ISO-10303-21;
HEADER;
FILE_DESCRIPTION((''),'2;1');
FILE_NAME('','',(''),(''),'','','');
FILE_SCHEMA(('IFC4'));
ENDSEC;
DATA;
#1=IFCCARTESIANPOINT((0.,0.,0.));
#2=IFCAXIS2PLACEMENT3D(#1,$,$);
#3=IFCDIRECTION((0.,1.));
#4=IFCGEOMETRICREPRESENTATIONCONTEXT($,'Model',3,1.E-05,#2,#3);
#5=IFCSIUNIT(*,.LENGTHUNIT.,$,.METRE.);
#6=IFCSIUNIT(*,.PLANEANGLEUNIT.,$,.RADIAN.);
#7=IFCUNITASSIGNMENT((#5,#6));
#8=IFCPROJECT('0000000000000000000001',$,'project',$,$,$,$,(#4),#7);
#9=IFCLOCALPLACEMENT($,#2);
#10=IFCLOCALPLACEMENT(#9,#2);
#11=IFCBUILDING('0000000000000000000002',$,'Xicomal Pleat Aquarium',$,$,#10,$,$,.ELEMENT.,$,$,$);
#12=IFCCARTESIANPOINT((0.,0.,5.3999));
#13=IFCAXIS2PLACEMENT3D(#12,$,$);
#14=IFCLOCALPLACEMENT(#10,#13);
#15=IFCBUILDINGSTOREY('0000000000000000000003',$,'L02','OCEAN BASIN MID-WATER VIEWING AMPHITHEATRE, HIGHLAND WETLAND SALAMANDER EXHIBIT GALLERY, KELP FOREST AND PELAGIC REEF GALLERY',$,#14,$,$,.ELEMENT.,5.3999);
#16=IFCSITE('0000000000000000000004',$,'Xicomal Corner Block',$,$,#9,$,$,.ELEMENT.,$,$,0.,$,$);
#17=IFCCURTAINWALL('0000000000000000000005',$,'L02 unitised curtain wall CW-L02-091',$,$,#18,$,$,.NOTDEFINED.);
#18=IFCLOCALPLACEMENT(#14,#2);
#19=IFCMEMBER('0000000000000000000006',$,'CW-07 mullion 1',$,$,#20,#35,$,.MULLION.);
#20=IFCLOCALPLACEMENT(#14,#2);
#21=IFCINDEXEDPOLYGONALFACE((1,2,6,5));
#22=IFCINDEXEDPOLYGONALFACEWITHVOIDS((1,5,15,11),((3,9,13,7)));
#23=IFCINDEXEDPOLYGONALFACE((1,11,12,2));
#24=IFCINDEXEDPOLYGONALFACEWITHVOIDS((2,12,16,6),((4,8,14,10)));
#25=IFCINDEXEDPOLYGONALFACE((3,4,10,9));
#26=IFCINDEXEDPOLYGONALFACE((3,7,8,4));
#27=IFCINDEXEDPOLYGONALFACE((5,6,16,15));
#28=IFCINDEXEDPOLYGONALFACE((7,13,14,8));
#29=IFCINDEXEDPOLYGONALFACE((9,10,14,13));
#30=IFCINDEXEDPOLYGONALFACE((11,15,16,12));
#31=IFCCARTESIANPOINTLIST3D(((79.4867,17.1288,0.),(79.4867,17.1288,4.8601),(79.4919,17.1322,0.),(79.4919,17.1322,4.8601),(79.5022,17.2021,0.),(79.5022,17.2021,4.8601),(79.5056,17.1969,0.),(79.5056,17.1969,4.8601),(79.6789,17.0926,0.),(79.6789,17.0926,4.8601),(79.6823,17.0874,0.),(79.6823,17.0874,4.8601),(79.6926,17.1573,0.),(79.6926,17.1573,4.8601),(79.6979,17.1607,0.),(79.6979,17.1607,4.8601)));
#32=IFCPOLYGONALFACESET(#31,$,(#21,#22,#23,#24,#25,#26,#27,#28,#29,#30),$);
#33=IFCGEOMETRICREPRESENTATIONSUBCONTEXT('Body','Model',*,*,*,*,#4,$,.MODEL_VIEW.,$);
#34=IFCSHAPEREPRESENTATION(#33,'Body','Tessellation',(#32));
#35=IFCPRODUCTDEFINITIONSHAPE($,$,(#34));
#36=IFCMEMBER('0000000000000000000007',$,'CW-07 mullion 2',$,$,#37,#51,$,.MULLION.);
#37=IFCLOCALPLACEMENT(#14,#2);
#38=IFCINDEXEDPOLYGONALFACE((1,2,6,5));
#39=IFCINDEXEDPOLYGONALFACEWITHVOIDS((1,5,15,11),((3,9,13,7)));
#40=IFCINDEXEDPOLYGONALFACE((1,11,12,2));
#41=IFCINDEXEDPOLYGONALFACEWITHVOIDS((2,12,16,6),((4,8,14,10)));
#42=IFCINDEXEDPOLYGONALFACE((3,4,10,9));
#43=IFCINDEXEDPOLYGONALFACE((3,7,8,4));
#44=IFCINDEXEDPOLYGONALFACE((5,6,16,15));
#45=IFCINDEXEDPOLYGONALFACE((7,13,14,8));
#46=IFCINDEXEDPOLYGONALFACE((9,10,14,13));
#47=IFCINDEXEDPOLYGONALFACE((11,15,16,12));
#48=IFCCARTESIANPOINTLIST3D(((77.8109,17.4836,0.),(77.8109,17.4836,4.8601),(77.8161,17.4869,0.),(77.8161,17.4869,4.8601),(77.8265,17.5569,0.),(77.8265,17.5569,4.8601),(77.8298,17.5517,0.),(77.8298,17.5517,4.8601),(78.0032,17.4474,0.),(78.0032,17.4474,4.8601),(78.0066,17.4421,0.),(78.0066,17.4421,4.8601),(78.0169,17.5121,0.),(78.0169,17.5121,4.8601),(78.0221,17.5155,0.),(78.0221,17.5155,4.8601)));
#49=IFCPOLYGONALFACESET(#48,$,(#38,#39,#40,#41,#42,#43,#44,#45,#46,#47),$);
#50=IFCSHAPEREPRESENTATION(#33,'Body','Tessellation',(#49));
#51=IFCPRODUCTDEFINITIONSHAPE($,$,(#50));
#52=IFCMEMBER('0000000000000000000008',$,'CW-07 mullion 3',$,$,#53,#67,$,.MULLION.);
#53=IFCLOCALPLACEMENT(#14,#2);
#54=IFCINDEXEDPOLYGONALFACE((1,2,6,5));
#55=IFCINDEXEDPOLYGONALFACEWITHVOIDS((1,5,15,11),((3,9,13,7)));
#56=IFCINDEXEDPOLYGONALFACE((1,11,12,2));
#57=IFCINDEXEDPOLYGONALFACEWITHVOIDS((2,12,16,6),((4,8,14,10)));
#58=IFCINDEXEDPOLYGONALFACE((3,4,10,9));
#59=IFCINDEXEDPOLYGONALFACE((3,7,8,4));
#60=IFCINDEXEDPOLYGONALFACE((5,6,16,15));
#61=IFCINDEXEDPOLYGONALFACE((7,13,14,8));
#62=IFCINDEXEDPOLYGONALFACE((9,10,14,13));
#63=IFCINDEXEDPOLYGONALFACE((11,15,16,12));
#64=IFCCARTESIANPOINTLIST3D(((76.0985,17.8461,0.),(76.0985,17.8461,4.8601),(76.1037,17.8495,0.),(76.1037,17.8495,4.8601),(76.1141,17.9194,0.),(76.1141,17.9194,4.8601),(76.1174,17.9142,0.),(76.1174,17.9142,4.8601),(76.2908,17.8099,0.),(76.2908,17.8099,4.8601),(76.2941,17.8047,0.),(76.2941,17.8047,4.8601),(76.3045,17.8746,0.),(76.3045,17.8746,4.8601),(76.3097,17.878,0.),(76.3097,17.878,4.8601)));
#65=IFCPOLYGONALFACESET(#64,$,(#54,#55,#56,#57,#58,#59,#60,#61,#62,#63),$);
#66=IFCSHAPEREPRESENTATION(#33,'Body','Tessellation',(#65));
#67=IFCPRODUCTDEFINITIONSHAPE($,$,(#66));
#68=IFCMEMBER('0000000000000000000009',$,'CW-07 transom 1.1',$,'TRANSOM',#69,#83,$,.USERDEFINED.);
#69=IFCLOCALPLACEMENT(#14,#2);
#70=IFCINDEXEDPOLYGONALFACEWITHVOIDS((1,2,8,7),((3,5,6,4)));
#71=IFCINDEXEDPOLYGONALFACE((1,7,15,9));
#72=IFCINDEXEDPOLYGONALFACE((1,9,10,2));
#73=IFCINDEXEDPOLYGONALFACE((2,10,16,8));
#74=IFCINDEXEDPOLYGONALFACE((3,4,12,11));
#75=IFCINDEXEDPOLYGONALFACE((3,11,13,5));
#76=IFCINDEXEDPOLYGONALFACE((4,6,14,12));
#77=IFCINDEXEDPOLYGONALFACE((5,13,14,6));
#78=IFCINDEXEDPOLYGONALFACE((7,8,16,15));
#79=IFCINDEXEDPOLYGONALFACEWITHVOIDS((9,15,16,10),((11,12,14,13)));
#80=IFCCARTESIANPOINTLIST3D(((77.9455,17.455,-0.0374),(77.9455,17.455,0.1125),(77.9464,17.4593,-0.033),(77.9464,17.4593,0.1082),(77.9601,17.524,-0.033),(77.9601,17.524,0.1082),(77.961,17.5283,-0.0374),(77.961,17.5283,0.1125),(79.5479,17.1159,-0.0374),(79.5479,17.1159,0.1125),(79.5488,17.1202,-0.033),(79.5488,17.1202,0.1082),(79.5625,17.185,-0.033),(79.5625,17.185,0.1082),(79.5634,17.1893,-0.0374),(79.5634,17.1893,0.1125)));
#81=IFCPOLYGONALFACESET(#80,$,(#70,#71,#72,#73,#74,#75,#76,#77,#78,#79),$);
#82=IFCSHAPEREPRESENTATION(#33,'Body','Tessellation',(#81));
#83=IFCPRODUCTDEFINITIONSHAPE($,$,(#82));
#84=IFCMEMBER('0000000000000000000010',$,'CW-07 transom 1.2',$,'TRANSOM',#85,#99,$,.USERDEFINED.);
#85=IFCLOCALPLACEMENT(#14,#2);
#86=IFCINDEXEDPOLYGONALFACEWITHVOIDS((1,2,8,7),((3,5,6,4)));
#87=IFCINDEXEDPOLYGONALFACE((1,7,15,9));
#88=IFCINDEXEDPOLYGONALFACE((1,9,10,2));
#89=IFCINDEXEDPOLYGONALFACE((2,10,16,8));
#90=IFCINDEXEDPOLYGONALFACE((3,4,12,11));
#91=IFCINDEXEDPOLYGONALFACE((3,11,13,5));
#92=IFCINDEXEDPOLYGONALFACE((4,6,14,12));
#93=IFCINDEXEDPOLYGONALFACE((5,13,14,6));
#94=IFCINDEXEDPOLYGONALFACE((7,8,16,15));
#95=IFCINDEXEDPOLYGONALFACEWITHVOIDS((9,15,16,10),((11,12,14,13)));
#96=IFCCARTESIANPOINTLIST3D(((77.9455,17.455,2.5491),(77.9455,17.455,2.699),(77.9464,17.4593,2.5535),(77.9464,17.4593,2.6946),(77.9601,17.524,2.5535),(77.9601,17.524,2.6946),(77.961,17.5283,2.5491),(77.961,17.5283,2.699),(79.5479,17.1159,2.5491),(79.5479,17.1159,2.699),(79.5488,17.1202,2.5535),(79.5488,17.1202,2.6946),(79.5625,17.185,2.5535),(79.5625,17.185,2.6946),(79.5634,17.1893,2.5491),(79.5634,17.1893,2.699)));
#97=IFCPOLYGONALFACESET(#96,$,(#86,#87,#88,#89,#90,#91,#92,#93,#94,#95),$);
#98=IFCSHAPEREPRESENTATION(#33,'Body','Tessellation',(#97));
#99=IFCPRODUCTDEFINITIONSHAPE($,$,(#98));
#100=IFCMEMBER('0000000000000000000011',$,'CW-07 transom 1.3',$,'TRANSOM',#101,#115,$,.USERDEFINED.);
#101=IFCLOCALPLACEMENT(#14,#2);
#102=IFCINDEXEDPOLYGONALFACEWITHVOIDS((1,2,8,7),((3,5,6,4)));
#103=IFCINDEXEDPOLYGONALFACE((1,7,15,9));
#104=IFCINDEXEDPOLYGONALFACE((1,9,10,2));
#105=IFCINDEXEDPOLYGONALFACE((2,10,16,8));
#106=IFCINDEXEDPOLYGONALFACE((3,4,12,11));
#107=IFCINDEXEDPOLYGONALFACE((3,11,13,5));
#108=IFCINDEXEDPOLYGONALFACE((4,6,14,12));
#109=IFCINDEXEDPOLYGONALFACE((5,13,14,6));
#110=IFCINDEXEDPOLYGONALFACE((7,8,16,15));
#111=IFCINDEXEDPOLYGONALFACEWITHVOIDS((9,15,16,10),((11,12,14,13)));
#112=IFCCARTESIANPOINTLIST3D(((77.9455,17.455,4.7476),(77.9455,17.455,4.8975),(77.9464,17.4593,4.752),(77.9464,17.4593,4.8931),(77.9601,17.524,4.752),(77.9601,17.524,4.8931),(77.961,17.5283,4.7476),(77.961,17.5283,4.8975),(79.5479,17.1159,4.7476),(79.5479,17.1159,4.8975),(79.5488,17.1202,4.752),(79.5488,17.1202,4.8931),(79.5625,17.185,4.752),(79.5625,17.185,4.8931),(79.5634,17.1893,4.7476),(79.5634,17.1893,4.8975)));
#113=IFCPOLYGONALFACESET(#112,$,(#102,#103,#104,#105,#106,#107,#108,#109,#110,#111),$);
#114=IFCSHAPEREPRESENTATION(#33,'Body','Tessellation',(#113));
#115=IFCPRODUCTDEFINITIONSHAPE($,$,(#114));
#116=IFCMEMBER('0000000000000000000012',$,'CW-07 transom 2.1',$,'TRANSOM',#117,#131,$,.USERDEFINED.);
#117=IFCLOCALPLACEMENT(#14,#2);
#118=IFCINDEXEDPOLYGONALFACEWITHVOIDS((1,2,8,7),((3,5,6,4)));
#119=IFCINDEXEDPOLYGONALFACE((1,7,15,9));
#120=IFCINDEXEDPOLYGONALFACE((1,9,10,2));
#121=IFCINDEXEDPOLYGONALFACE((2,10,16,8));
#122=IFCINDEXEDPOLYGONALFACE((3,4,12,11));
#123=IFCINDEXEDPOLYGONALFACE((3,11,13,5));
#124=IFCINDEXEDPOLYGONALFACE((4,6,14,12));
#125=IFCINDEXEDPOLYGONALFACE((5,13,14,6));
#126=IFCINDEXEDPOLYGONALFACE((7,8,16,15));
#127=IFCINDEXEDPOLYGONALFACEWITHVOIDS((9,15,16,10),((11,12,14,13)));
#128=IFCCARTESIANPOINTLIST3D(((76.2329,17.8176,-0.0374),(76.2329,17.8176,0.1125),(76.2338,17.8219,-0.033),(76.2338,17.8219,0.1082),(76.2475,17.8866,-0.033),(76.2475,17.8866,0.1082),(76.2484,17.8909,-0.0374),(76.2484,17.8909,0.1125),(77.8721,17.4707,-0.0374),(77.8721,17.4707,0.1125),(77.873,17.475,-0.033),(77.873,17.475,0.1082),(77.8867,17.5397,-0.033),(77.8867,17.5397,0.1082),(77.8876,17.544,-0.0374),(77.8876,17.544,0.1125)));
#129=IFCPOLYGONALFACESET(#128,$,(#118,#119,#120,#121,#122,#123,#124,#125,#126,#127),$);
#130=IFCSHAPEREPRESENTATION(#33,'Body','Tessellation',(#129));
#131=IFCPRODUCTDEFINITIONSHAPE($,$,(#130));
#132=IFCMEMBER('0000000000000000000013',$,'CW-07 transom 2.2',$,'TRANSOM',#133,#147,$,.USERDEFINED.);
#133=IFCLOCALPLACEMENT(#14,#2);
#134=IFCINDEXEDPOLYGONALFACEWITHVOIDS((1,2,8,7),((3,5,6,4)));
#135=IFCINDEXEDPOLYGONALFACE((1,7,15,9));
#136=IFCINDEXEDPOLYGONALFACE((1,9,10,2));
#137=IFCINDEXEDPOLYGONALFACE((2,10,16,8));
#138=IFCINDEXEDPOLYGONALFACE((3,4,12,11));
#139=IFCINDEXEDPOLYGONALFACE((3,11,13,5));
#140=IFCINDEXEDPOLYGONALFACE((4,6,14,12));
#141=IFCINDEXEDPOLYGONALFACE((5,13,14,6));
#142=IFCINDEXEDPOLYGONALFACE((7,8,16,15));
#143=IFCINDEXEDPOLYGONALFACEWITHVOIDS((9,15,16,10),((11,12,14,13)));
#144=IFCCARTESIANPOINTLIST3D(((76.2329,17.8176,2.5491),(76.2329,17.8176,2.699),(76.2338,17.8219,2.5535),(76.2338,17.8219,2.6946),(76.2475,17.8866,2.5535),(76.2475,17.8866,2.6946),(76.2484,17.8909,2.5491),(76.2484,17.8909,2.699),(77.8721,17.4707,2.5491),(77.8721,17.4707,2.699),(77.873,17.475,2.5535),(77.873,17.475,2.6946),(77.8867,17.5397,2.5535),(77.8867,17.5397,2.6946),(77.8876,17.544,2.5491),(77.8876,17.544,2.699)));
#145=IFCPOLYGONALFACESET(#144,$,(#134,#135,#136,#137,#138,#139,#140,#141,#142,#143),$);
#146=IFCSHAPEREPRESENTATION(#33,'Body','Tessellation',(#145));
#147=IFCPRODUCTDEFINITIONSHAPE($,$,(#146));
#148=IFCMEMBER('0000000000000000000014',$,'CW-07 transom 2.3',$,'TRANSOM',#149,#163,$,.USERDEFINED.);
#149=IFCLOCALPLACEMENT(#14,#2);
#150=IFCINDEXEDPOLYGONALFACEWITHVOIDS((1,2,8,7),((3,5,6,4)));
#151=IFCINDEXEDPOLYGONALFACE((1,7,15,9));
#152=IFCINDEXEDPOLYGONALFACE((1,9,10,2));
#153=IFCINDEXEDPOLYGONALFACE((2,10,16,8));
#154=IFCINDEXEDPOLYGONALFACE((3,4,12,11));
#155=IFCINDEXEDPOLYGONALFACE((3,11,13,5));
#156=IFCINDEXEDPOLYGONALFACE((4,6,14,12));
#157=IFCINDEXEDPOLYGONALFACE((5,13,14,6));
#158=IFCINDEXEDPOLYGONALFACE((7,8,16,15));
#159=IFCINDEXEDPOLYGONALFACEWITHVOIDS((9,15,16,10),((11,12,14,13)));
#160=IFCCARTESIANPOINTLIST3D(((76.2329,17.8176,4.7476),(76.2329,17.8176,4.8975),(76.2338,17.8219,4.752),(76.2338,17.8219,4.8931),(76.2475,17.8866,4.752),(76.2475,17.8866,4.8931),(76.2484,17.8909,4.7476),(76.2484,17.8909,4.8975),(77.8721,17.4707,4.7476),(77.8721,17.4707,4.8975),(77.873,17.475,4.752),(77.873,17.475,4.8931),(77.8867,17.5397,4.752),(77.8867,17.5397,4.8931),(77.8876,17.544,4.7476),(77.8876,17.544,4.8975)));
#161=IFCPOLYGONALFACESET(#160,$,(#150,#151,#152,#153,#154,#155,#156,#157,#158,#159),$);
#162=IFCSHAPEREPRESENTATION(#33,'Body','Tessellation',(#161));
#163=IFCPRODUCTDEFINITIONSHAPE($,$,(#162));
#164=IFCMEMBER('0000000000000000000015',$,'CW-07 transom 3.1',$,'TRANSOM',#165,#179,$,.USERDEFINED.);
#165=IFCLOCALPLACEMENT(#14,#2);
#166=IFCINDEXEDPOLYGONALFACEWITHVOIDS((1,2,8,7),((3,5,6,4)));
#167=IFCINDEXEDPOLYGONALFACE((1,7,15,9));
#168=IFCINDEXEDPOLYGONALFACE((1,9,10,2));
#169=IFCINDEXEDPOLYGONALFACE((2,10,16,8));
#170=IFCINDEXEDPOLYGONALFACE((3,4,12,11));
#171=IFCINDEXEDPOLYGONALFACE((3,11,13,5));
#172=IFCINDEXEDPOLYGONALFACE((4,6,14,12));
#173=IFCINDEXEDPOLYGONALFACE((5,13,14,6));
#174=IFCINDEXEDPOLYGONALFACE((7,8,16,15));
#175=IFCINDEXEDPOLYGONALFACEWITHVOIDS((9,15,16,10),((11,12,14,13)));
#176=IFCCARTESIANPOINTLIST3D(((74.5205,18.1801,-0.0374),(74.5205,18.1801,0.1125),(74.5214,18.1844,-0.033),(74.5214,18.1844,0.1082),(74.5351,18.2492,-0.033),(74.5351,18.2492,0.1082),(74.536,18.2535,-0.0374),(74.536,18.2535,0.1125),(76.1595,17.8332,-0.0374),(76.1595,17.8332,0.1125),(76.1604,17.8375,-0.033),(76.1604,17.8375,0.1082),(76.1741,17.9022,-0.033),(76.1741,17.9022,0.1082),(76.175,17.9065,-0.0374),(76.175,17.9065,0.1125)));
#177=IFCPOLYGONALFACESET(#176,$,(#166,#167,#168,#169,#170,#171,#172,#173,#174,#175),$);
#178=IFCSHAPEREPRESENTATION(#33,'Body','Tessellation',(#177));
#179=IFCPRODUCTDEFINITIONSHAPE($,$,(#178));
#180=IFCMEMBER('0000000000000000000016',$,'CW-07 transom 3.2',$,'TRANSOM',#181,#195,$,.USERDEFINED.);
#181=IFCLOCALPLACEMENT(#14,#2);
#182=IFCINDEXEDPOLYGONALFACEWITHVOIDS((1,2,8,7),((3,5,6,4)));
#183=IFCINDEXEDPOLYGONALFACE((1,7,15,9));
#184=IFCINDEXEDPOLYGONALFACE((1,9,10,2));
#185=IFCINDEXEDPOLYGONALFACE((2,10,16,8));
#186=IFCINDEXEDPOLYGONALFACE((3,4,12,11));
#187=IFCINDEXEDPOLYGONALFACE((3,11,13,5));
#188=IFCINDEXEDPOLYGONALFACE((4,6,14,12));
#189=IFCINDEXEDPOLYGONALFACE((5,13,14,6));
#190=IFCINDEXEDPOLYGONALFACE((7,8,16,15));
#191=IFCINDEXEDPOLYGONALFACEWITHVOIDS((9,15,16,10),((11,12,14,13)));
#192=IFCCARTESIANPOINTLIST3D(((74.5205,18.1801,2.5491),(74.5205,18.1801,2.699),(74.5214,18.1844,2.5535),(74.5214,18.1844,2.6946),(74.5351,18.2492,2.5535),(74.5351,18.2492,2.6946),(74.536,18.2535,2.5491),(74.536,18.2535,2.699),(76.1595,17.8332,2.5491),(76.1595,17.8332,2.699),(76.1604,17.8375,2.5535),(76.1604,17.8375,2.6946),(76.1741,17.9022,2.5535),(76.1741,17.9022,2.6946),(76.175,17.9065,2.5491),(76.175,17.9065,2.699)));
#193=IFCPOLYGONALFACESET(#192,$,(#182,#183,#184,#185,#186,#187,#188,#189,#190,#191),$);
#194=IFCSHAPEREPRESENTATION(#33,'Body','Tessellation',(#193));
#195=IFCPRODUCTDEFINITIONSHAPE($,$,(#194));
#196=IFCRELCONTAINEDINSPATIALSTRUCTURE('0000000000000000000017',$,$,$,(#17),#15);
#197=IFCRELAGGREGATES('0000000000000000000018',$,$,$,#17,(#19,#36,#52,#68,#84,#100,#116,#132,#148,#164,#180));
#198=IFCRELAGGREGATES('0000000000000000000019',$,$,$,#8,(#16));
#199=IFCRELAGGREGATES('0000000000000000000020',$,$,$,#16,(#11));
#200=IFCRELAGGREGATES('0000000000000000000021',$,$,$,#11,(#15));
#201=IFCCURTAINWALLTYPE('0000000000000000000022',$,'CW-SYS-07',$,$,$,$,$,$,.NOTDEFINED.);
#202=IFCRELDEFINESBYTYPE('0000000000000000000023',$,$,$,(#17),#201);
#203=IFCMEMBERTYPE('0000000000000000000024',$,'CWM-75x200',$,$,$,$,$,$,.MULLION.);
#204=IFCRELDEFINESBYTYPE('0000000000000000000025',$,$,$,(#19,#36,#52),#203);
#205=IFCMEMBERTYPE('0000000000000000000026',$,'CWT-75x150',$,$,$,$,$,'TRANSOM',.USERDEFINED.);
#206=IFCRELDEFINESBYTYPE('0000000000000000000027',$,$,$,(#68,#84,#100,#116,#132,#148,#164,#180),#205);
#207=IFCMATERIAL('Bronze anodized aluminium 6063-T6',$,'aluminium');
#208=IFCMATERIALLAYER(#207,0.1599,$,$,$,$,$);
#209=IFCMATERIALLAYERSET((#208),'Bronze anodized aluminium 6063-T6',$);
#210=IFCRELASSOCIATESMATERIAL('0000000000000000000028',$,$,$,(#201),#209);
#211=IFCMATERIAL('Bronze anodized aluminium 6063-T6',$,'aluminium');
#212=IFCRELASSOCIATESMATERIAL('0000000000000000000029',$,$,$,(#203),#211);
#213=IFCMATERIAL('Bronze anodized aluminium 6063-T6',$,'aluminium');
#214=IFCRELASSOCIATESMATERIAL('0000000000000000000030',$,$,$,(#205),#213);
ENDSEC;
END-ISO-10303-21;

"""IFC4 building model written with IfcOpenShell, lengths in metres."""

from ifc_helpers import new_model, si_unit, direction, frame, origin, origin_2d, place, context, subcontext, project, spatial, hollow_rectangle, extrude, material, layer, layer_set, material_profile, profile_set, type_object, element, aggregate, save


model = new_model("IFC4")

# Units and contexts
model_context = context("Model", 3, precision=1e-05, world=origin(), true_north=direction((0.0, 1.0)))
body_context = subcontext(model_context, "Body", "Model", "MODEL_VIEW")
ifc_project = project(units=[si_unit("LENGTHUNIT", "METRE"), si_unit("PLANEANGLEUNIT", "RADIAN")], contexts=[model_context])

# Site, building, storey
site_placement = place(None, origin())
site = spatial("IfcSite", under=ifc_project, at=site_placement, Name="Xicomal Corner Block", CompositionType="ELEMENT", RefElevation=0.0)
building_placement = place(site_placement, origin())
building = spatial("IfcBuilding", under=site, at=building_placement, Name="Xicomal Pleat Aquarium", CompositionType="ELEMENT")
storey_placement = place(building_placement, frame((0.0, 0.0, 5.3999)))
storey = spatial("IfcBuildingStorey", under=building, at=storey_placement, Name="L02", Description="OCEAN BASIN MID-WATER VIEWING AMPHITHEATRE, HIGHLAND WETLAND SALAMANDER EXHIBIT GALLERY, KELP FOREST AND PELAGIC REEF GALLERY", CompositionType="ELEMENT", Elevation=5.3999)

# Curtain wall, members
ifc_material_1 = material(Name="Bronze anodized aluminium 6063-T6", Category="aluminium")
ifc_layer_1 = layer(ifc_material_1, 0.1599)
ifc_layer_set_1 = layer_set([ifc_layer_1], Name="Bronze anodized aluminium 6063-T6")
curtain_wall_type = type_object("IfcCurtainWallType", Name="CW-SYS-07", PredefinedType="NOTDEFINED", material=ifc_layer_set_1)
curtain_wall_1_placement = place(storey_placement, origin())
curtain_wall_1 = element("IfcCurtainWall", 1, at=curtain_wall_1_placement, inside=storey, type_object=curtain_wall_type, Name="L02 unitised curtain wall CW-L02-091", PredefinedType="NOTDEFINED")
ifc_material_2 = material(Name="Bronze anodized aluminium 6063-T6", Category="aluminium")
ifc_material_profile_1 = material_profile(ifc_material_2, hollow_rectangle(XDim=0.075, YDim=0.2, WallThickness=0.0044, at=origin_2d()), Name="ALU MULL 75x200")
ifc_profile_set_1 = profile_set([ifc_material_profile_1], Name="Bronze anodized aluminium 6063-T6")
member_type_1 = type_object("IfcMemberType", Name="CWM-75x200", PredefinedType="MULLION", material=ifc_profile_set_1)
member_1_placement = place(storey_placement, frame((79.5923, 17.1448, 0.0), z_axis=(0.0, 0.0, 1.0), x_axis=(-0.20709, -0.978322, 0.0)))
member_1 = element("IfcMember", 2, at=member_1_placement, type_object=member_type_1, Name="CW-07 mullion 1", PredefinedType="MULLION", context=body_context, shape_type="SweptSolid", body=[
    extrude(hollow_rectangle(XDim=0.075, YDim=0.2, WallThickness=0.0044, at=origin_2d()), origin(), (0.0, 0.0, 1.0), 4.8601),
])
member_2_placement = place(storey_placement, frame((77.9165, 17.4995, 0.0), z_axis=(0.0, 0.0, 1.0), x_axis=(-0.20709, -0.978322, 0.0)))
member_2 = element("IfcMember", 3, at=member_2_placement, type_object=member_type_1, Name="CW-07 mullion 2", PredefinedType="MULLION", context=body_context, shape_type="SweptSolid", body=[
    extrude(hollow_rectangle(XDim=0.075, YDim=0.2, WallThickness=0.0044, at=origin_2d()), origin(), (0.0, 0.0, 1.0), 4.8601),
])
member_3_placement = place(storey_placement, frame((76.2041, 17.8621, 0.0), z_axis=(0.0, 0.0, 1.0), x_axis=(-0.20709, -0.978322, 0.0)))
member_3 = element("IfcMember", 4, at=member_3_placement, type_object=member_type_1, Name="CW-07 mullion 3", PredefinedType="MULLION", context=body_context, shape_type="SweptSolid", body=[
    extrude(hollow_rectangle(XDim=0.075, YDim=0.2, WallThickness=0.0044, at=origin_2d()), origin(), (0.0, 0.0, 1.0), 4.8601),
])
ifc_material_3 = material(Name="Bronze anodized aluminium 6063-T6", Category="aluminium")
ifc_material_profile_2 = material_profile(ifc_material_3, hollow_rectangle(XDim=0.075, YDim=0.1499, WallThickness=0.0044, at=origin_2d()), Name="ALU TRAN 75x150")
ifc_profile_set_2 = profile_set([ifc_material_profile_2], Name="Bronze anodized aluminium 6063-T6")
member_type_2 = type_object("IfcMemberType", Name="CWT-75x150", ElementType="TRANSOM", PredefinedType="USERDEFINED", material=ifc_profile_set_2)
member_4_placement = place(storey_placement, frame((79.5557, 17.1526, 0.0376), z_axis=(-0.978336, 0.207024, 0.0), x_axis=(-0.207024, -0.978336, 0.0)))
member_4 = element("IfcMember", 5, at=member_4_placement, type_object=member_type_2, Name="CW-07 transom 1.1", ObjectType="TRANSOM", PredefinedType="USERDEFINED", context=body_context, shape_type="SweptSolid", body=[
    extrude(hollow_rectangle(XDim=0.075, YDim=0.1499, WallThickness=0.0044, at=origin_2d()), origin(), (0.0, 0.0, 1.0), 1.6379),
])
member_5_placement = place(storey_placement, frame((79.5557, 17.1526, 2.624), z_axis=(-0.978336, 0.207024, 0.0), x_axis=(-0.207024, -0.978336, 0.0)))
member_5 = element("IfcMember", 6, at=member_5_placement, type_object=member_type_2, Name="CW-07 transom 1.2", ObjectType="TRANSOM", PredefinedType="USERDEFINED", context=body_context, shape_type="SweptSolid", body=[
    extrude(hollow_rectangle(XDim=0.075, YDim=0.1499, WallThickness=0.0044, at=origin_2d()), origin(), (0.0, 0.0, 1.0), 1.6379),
])
member_6_placement = place(storey_placement, frame((79.5557, 17.1526, 4.8225), z_axis=(-0.978336, 0.207024, 0.0), x_axis=(-0.207024, -0.978336, 0.0)))
member_6 = element("IfcMember", 7, at=member_6_placement, type_object=member_type_2, Name="CW-07 transom 1.3", ObjectType="TRANSOM", PredefinedType="USERDEFINED", context=body_context, shape_type="SweptSolid", body=[
    extrude(hollow_rectangle(XDim=0.075, YDim=0.1499, WallThickness=0.0044, at=origin_2d()), origin(), (0.0, 0.0, 1.0), 1.6379),
])
member_7_placement = place(storey_placement, frame((77.8799, 17.5073, 0.0376), z_axis=(-0.978328, 0.207061, 0.0), x_axis=(-0.207061, -0.978328, 0.0)))
member_7 = element("IfcMember", 8, at=member_7_placement, type_object=member_type_2, Name="CW-07 transom 2.1", ObjectType="TRANSOM", PredefinedType="USERDEFINED", context=body_context, shape_type="SweptSolid", body=[
    extrude(hollow_rectangle(XDim=0.075, YDim=0.1499, WallThickness=0.0044, at=origin_2d()), origin(), (0.0, 0.0, 1.0), 1.6755),
])
member_8_placement = place(storey_placement, frame((77.8799, 17.5073, 2.624), z_axis=(-0.978328, 0.207061, 0.0), x_axis=(-0.207061, -0.978328, 0.0)))
member_8 = element("IfcMember", 9, at=member_8_placement, type_object=member_type_2, Name="CW-07 transom 2.2", ObjectType="TRANSOM", PredefinedType="USERDEFINED", context=body_context, shape_type="SweptSolid", body=[
    extrude(hollow_rectangle(XDim=0.075, YDim=0.1499, WallThickness=0.0044, at=origin_2d()), origin(), (0.0, 0.0, 1.0), 1.6755),
])
member_9_placement = place(storey_placement, frame((77.8799, 17.5073, 4.8225), z_axis=(-0.978328, 0.207061, 0.0), x_axis=(-0.207061, -0.978328, 0.0)))
member_9 = element("IfcMember", 10, at=member_9_placement, type_object=member_type_2, Name="CW-07 transom 2.3", ObjectType="TRANSOM", PredefinedType="USERDEFINED", context=body_context, shape_type="SweptSolid", body=[
    extrude(hollow_rectangle(XDim=0.075, YDim=0.1499, WallThickness=0.0044, at=origin_2d()), origin(), (0.0, 0.0, 1.0), 1.6755),
])
member_10_placement = place(storey_placement, frame((76.1672, 17.8699, 0.0376), z_axis=(-0.978322, 0.20709, 0.0), x_axis=(-0.20709, -0.978322, 0.0)))
member_10 = element("IfcMember", 11, at=member_10_placement, type_object=member_type_2, Name="CW-07 transom 3.1", ObjectType="TRANSOM", PredefinedType="USERDEFINED", context=body_context, shape_type="SweptSolid", body=[
    extrude(hollow_rectangle(XDim=0.075, YDim=0.1499, WallThickness=0.0044, at=origin_2d()), origin(), (0.0, 0.0, 1.0), 1.6753),
])
member_11_placement = place(storey_placement, frame((76.1672, 17.8699, 2.624), z_axis=(-0.978322, 0.20709, 0.0), x_axis=(-0.20709, -0.978322, 0.0)))
member_11 = element("IfcMember", 12, at=member_11_placement, type_object=member_type_2, Name="CW-07 transom 3.2", ObjectType="TRANSOM", PredefinedType="USERDEFINED", context=body_context, shape_type="SweptSolid", body=[
    extrude(hollow_rectangle(XDim=0.075, YDim=0.1499, WallThickness=0.0044, at=origin_2d()), origin(), (0.0, 0.0, 1.0), 1.6753),
])

aggregate(curtain_wall_1, [member_1, member_2, member_3, member_4, member_5, member_6, member_7, member_8, member_9, member_10, member_11])

save(model, "model.ifc")
